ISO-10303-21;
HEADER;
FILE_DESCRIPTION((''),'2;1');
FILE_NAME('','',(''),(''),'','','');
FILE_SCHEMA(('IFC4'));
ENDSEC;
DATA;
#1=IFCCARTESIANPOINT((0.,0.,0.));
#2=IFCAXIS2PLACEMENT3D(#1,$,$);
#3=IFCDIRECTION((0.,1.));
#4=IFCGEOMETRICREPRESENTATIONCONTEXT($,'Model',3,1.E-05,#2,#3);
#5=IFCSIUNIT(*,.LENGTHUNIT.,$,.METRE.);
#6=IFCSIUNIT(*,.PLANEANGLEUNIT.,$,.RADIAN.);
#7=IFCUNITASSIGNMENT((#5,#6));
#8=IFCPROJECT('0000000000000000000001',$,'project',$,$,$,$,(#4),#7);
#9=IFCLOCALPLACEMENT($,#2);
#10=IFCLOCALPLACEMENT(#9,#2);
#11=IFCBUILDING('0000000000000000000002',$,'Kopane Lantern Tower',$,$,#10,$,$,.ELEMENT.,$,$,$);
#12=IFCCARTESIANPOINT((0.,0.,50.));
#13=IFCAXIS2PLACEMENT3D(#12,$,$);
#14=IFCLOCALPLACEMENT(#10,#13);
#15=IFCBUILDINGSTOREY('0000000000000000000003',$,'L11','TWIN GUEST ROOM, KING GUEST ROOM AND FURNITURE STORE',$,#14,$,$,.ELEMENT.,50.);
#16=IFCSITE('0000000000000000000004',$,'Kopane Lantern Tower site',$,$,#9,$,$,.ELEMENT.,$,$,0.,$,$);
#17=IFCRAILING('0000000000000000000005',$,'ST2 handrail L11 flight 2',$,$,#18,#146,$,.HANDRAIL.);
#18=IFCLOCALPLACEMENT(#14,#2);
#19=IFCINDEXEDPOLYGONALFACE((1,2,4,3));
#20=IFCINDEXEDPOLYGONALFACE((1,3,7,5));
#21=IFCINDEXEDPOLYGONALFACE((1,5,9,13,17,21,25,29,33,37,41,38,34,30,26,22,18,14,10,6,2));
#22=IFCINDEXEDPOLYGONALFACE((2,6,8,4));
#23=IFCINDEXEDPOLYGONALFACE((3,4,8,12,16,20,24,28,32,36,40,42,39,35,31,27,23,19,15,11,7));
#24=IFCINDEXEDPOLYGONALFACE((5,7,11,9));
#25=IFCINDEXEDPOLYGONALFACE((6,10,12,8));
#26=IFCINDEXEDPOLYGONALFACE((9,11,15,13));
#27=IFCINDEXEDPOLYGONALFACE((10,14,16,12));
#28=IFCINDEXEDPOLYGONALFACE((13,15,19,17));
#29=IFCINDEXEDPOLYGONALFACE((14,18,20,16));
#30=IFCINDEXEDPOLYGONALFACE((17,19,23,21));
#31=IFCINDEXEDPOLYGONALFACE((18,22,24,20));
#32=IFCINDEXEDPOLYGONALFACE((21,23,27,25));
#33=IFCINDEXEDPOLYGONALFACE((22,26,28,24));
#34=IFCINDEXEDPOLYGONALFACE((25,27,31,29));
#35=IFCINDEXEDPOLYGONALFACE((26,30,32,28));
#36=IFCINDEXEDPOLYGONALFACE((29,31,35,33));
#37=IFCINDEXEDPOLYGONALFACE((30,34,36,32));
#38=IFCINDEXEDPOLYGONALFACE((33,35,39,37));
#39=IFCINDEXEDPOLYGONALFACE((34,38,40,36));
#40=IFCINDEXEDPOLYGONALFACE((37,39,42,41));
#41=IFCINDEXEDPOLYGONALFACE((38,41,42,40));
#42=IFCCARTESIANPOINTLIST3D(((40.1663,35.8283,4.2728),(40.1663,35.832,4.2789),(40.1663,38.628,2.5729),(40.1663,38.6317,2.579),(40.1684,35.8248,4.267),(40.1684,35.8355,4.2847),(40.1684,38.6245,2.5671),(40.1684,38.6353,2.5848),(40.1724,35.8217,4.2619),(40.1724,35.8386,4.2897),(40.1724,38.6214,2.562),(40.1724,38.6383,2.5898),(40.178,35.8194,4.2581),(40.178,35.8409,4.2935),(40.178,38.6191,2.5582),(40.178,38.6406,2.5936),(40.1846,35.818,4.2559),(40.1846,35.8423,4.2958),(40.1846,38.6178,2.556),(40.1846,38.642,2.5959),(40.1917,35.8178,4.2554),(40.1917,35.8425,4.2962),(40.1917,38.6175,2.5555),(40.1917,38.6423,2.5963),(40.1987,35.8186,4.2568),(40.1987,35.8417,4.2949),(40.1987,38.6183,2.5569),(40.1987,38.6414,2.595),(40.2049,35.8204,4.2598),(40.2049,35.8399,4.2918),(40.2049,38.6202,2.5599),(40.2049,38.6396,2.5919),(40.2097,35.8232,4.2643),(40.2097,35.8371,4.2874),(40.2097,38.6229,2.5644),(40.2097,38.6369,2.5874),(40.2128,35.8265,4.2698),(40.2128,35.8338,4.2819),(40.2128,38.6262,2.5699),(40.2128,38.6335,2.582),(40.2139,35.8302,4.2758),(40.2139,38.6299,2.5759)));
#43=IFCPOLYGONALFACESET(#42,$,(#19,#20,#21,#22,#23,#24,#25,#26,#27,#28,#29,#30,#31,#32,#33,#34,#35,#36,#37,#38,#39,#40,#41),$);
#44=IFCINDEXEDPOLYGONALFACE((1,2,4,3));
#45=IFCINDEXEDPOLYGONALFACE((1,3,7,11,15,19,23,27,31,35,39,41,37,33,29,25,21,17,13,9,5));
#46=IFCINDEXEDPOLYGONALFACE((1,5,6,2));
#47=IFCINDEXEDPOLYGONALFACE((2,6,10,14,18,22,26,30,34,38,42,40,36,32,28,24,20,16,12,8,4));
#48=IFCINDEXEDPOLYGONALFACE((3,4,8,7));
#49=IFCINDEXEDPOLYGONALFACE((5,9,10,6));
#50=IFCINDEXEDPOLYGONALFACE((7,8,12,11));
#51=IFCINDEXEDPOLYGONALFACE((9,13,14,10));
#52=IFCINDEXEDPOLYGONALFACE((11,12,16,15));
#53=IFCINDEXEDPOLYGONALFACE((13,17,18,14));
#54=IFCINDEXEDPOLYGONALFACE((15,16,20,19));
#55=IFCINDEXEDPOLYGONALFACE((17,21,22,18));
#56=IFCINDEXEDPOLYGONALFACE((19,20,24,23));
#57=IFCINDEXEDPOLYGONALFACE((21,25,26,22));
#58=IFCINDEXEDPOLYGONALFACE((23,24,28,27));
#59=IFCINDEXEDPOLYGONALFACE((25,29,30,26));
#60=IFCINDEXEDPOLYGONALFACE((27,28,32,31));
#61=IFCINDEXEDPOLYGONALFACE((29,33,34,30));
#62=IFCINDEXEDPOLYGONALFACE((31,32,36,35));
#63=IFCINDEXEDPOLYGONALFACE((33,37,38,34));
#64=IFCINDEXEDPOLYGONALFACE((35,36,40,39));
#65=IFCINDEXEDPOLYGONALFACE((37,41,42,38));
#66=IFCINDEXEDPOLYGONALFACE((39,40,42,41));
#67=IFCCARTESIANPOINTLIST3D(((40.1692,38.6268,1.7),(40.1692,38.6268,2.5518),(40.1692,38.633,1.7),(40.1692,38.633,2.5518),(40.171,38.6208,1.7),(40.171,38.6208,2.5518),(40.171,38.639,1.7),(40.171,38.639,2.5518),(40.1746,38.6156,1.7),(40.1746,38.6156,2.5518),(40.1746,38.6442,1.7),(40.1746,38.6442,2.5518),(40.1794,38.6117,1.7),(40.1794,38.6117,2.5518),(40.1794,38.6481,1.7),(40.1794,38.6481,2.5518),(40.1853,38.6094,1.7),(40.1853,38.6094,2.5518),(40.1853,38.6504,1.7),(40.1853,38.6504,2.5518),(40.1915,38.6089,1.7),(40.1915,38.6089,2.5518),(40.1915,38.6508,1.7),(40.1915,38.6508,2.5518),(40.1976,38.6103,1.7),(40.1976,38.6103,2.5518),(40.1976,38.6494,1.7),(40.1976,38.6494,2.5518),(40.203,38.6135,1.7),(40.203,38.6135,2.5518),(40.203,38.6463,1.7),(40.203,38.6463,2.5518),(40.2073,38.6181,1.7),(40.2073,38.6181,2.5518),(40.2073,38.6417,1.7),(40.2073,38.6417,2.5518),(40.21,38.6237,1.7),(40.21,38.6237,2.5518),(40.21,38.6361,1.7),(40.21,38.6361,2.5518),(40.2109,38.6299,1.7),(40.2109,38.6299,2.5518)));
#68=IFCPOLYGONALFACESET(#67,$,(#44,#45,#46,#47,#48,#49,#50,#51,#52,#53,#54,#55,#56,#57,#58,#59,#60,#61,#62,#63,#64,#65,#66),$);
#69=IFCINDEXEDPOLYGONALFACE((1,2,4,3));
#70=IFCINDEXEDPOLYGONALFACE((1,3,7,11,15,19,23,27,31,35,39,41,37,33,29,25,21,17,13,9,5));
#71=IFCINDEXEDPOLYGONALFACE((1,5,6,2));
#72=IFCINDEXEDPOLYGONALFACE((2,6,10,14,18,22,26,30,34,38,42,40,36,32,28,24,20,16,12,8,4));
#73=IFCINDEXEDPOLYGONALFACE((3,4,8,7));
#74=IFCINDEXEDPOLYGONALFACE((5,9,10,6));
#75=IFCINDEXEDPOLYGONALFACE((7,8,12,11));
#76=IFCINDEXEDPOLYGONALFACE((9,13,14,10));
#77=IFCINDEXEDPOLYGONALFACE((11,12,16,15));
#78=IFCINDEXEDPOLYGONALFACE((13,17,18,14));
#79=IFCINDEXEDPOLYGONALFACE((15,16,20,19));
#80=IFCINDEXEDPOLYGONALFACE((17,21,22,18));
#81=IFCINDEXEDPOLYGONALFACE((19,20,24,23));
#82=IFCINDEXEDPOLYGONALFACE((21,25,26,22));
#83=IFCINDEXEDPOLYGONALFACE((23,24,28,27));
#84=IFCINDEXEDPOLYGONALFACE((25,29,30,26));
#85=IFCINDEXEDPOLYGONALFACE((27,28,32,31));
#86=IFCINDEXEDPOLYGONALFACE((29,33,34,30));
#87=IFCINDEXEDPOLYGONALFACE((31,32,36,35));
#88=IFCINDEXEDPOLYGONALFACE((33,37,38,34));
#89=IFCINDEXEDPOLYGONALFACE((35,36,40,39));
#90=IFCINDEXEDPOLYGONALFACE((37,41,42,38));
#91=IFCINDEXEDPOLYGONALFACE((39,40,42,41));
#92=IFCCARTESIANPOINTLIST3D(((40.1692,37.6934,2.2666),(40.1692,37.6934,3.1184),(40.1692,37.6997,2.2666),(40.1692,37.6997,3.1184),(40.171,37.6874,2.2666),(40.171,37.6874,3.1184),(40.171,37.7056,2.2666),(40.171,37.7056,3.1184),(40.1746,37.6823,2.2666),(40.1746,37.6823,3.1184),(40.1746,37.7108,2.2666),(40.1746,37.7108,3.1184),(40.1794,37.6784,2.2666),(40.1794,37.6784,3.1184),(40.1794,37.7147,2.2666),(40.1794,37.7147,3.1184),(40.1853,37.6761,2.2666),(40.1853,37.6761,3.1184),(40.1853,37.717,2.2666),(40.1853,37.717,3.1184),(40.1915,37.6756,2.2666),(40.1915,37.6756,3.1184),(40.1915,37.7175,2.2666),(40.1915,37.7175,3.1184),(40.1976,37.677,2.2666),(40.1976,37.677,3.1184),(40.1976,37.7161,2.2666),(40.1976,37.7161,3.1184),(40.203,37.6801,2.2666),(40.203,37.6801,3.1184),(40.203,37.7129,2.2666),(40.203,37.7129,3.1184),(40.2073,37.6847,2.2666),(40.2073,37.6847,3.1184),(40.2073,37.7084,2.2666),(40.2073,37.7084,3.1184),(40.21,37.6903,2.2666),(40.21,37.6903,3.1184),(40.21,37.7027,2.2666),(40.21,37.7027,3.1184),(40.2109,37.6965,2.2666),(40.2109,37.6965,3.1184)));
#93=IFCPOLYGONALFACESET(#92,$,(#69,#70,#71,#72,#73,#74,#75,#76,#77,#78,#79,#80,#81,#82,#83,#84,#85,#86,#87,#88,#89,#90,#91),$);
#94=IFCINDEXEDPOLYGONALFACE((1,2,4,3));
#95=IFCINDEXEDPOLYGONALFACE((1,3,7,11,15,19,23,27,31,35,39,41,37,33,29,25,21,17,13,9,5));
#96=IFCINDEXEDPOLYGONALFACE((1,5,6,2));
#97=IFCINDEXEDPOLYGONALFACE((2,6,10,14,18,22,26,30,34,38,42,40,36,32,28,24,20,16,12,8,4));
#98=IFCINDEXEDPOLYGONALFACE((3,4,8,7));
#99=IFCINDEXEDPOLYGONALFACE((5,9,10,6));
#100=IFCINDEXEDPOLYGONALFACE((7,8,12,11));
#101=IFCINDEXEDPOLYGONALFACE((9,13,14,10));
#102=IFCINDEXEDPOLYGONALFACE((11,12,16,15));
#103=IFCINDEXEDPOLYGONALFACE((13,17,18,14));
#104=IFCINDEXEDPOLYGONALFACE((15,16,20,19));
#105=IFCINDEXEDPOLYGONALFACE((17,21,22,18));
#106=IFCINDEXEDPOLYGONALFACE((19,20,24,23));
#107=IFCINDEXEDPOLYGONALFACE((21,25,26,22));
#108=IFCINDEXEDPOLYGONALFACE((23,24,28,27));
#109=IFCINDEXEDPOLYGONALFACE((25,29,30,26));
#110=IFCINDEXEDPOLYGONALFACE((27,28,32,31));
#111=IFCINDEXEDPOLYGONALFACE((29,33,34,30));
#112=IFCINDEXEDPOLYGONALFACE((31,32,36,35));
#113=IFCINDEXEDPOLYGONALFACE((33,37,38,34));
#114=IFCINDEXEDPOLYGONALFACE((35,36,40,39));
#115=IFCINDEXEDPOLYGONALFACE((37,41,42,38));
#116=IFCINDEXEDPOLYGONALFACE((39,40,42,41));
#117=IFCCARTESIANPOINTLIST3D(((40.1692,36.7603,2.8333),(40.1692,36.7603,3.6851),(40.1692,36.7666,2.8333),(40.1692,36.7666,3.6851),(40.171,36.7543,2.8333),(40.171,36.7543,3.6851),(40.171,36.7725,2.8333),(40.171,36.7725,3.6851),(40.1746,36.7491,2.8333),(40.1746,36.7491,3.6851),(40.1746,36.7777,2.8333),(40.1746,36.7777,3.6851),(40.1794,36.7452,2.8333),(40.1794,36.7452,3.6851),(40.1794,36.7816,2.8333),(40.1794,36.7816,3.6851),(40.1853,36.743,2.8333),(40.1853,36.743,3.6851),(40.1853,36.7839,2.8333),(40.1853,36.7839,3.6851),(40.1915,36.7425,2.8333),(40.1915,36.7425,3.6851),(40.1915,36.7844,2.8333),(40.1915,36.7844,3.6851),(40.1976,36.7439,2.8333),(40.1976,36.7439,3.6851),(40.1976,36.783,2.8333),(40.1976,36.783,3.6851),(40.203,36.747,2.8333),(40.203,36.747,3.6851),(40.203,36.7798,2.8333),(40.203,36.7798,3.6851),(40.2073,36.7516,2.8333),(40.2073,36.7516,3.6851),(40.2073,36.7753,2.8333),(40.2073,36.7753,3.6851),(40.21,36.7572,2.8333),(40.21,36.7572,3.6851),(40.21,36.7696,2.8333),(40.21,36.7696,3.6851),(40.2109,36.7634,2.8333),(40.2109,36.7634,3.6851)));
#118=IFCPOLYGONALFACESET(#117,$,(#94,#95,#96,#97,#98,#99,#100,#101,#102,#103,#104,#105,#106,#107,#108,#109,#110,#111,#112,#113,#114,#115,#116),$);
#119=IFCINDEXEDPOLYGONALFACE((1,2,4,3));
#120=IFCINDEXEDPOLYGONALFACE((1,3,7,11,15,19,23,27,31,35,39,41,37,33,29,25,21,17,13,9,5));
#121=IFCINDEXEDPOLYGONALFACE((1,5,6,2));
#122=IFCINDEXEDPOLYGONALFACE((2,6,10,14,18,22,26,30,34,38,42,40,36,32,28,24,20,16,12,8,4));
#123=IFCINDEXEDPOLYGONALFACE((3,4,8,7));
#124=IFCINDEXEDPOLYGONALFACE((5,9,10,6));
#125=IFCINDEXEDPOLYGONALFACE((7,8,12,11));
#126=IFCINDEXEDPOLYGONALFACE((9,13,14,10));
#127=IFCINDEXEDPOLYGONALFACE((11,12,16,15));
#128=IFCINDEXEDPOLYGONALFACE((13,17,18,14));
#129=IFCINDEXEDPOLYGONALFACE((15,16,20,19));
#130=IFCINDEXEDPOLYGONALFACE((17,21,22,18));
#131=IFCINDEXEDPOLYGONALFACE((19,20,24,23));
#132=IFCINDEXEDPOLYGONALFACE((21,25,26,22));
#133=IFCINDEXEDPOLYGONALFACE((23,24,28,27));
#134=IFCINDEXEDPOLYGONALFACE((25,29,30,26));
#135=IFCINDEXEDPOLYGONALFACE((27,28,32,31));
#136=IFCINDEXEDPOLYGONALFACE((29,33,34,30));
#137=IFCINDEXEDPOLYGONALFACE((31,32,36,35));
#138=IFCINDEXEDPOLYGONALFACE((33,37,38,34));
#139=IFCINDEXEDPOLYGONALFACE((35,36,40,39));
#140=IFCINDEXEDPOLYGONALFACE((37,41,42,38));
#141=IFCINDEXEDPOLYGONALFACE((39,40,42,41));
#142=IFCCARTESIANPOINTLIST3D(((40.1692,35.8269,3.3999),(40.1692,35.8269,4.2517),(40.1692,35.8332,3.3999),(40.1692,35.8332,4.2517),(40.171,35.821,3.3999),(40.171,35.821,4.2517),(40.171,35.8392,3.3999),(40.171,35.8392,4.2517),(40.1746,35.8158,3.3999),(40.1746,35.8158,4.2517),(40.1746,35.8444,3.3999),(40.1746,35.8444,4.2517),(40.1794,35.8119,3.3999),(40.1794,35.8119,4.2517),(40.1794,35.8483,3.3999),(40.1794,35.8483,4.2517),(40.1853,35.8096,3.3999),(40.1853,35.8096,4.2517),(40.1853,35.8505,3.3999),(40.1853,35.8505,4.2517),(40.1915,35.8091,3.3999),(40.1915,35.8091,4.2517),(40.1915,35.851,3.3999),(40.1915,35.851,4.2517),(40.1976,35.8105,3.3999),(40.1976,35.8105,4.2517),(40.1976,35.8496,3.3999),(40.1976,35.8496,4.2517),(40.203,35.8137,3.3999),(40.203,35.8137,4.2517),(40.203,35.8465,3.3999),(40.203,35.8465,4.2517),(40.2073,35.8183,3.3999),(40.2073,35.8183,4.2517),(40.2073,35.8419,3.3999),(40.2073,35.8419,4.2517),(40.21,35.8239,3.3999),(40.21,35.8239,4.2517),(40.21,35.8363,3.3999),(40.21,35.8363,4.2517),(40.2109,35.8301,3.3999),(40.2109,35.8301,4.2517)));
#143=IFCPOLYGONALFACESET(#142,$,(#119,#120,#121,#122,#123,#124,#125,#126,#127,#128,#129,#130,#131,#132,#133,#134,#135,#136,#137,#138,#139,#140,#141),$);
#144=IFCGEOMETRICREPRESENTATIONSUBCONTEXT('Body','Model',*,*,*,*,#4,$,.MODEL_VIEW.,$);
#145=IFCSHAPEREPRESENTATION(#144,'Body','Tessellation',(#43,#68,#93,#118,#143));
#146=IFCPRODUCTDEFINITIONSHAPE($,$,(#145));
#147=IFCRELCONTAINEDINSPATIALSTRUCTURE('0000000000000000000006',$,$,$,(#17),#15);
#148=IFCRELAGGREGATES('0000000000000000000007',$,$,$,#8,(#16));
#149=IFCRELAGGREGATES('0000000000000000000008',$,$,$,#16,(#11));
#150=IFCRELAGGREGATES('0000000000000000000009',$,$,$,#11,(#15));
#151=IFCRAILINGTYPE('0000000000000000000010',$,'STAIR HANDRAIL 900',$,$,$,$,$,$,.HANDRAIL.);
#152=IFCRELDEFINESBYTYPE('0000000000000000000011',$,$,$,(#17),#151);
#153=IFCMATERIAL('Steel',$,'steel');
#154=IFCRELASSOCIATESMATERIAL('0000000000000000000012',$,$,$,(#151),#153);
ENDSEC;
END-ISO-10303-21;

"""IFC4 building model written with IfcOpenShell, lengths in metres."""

from ifc_helpers import new_model, si_unit, direction, frame, origin, origin_2d, place, context, subcontext, project, spatial, circle, extrude, material, type_object, element, save


model = new_model("IFC4")

# Units and contexts
model_context = context("Model", 3, precision=1e-05, world=origin(), true_north=direction((0.0, 1.0)))
body_context = subcontext(model_context, "Body", "Model", "MODEL_VIEW")
ifc_project = project(units=[si_unit("LENGTHUNIT", "METRE"), si_unit("PLANEANGLEUNIT", "RADIAN")], contexts=[model_context])

# Site, building, storey
site_placement = place(None, origin())
site = spatial("IfcSite", under=ifc_project, at=site_placement, Name="Kopane Lantern Tower site", CompositionType="ELEMENT", RefElevation=0.0)
building_placement = place(site_placement, origin())
building = spatial("IfcBuilding", under=site, at=building_placement, Name="Kopane Lantern Tower", CompositionType="ELEMENT")
storey_placement = place(building_placement, frame((0.0, 0.0, 50.0)))
storey = spatial("IfcBuildingStorey", under=building, at=storey_placement, Name="L11", Description="TWIN GUEST ROOM, KING GUEST ROOM AND FURNITURE STORE", CompositionType="ELEMENT", Elevation=50.0)

# Railing
ifc_material_1 = material(Name="Steel", Category="steel")
railing_type = type_object("IfcRailingType", Name="STAIR HANDRAIL 900", PredefinedType="HANDRAIL", material=ifc_material_1)
for number, where, name in (
    (1, (40.1899, 38.6299, 1.7), "ST2 handrail L11 flight 2"),
):
    element("IfcRailing", number, at=place(storey_placement, frame(where)), inside=storey, type_object=railing_type, Name=name, PredefinedType="HANDRAIL", context=body_context, shape_type="SweptSolid", body=[
        extrude(circle(Radius=0.0239, at=origin_2d()), frame((0.0, 0.0, 0.876), z_axis=(0.0, -0.854778, 0.518994), x_axis=(1.0, 0.0, 0.0)), (0.0, 0.0, 1.0), 3.2754),
        extrude(circle(Radius=0.021, at=origin_2d()), origin(), (0.0, 0.0, 1.0), 0.8518),
        extrude(circle(Radius=0.021, at=origin_2d()), frame((0.0, -0.9333, 0.5667)), (0.0, 0.0, 1.0), 0.8518),
        extrude(circle(Radius=0.021, at=origin_2d()), frame((0.0, -1.8665, 1.1333)), (0.0, 0.0, 1.0), 0.8518),
        extrude(circle(Radius=0.021, at=origin_2d()), frame((0.0, -2.7998, 1.7)), (0.0, 0.0, 1.0), 0.8518),
    ])

save(model, "model.ifc")
